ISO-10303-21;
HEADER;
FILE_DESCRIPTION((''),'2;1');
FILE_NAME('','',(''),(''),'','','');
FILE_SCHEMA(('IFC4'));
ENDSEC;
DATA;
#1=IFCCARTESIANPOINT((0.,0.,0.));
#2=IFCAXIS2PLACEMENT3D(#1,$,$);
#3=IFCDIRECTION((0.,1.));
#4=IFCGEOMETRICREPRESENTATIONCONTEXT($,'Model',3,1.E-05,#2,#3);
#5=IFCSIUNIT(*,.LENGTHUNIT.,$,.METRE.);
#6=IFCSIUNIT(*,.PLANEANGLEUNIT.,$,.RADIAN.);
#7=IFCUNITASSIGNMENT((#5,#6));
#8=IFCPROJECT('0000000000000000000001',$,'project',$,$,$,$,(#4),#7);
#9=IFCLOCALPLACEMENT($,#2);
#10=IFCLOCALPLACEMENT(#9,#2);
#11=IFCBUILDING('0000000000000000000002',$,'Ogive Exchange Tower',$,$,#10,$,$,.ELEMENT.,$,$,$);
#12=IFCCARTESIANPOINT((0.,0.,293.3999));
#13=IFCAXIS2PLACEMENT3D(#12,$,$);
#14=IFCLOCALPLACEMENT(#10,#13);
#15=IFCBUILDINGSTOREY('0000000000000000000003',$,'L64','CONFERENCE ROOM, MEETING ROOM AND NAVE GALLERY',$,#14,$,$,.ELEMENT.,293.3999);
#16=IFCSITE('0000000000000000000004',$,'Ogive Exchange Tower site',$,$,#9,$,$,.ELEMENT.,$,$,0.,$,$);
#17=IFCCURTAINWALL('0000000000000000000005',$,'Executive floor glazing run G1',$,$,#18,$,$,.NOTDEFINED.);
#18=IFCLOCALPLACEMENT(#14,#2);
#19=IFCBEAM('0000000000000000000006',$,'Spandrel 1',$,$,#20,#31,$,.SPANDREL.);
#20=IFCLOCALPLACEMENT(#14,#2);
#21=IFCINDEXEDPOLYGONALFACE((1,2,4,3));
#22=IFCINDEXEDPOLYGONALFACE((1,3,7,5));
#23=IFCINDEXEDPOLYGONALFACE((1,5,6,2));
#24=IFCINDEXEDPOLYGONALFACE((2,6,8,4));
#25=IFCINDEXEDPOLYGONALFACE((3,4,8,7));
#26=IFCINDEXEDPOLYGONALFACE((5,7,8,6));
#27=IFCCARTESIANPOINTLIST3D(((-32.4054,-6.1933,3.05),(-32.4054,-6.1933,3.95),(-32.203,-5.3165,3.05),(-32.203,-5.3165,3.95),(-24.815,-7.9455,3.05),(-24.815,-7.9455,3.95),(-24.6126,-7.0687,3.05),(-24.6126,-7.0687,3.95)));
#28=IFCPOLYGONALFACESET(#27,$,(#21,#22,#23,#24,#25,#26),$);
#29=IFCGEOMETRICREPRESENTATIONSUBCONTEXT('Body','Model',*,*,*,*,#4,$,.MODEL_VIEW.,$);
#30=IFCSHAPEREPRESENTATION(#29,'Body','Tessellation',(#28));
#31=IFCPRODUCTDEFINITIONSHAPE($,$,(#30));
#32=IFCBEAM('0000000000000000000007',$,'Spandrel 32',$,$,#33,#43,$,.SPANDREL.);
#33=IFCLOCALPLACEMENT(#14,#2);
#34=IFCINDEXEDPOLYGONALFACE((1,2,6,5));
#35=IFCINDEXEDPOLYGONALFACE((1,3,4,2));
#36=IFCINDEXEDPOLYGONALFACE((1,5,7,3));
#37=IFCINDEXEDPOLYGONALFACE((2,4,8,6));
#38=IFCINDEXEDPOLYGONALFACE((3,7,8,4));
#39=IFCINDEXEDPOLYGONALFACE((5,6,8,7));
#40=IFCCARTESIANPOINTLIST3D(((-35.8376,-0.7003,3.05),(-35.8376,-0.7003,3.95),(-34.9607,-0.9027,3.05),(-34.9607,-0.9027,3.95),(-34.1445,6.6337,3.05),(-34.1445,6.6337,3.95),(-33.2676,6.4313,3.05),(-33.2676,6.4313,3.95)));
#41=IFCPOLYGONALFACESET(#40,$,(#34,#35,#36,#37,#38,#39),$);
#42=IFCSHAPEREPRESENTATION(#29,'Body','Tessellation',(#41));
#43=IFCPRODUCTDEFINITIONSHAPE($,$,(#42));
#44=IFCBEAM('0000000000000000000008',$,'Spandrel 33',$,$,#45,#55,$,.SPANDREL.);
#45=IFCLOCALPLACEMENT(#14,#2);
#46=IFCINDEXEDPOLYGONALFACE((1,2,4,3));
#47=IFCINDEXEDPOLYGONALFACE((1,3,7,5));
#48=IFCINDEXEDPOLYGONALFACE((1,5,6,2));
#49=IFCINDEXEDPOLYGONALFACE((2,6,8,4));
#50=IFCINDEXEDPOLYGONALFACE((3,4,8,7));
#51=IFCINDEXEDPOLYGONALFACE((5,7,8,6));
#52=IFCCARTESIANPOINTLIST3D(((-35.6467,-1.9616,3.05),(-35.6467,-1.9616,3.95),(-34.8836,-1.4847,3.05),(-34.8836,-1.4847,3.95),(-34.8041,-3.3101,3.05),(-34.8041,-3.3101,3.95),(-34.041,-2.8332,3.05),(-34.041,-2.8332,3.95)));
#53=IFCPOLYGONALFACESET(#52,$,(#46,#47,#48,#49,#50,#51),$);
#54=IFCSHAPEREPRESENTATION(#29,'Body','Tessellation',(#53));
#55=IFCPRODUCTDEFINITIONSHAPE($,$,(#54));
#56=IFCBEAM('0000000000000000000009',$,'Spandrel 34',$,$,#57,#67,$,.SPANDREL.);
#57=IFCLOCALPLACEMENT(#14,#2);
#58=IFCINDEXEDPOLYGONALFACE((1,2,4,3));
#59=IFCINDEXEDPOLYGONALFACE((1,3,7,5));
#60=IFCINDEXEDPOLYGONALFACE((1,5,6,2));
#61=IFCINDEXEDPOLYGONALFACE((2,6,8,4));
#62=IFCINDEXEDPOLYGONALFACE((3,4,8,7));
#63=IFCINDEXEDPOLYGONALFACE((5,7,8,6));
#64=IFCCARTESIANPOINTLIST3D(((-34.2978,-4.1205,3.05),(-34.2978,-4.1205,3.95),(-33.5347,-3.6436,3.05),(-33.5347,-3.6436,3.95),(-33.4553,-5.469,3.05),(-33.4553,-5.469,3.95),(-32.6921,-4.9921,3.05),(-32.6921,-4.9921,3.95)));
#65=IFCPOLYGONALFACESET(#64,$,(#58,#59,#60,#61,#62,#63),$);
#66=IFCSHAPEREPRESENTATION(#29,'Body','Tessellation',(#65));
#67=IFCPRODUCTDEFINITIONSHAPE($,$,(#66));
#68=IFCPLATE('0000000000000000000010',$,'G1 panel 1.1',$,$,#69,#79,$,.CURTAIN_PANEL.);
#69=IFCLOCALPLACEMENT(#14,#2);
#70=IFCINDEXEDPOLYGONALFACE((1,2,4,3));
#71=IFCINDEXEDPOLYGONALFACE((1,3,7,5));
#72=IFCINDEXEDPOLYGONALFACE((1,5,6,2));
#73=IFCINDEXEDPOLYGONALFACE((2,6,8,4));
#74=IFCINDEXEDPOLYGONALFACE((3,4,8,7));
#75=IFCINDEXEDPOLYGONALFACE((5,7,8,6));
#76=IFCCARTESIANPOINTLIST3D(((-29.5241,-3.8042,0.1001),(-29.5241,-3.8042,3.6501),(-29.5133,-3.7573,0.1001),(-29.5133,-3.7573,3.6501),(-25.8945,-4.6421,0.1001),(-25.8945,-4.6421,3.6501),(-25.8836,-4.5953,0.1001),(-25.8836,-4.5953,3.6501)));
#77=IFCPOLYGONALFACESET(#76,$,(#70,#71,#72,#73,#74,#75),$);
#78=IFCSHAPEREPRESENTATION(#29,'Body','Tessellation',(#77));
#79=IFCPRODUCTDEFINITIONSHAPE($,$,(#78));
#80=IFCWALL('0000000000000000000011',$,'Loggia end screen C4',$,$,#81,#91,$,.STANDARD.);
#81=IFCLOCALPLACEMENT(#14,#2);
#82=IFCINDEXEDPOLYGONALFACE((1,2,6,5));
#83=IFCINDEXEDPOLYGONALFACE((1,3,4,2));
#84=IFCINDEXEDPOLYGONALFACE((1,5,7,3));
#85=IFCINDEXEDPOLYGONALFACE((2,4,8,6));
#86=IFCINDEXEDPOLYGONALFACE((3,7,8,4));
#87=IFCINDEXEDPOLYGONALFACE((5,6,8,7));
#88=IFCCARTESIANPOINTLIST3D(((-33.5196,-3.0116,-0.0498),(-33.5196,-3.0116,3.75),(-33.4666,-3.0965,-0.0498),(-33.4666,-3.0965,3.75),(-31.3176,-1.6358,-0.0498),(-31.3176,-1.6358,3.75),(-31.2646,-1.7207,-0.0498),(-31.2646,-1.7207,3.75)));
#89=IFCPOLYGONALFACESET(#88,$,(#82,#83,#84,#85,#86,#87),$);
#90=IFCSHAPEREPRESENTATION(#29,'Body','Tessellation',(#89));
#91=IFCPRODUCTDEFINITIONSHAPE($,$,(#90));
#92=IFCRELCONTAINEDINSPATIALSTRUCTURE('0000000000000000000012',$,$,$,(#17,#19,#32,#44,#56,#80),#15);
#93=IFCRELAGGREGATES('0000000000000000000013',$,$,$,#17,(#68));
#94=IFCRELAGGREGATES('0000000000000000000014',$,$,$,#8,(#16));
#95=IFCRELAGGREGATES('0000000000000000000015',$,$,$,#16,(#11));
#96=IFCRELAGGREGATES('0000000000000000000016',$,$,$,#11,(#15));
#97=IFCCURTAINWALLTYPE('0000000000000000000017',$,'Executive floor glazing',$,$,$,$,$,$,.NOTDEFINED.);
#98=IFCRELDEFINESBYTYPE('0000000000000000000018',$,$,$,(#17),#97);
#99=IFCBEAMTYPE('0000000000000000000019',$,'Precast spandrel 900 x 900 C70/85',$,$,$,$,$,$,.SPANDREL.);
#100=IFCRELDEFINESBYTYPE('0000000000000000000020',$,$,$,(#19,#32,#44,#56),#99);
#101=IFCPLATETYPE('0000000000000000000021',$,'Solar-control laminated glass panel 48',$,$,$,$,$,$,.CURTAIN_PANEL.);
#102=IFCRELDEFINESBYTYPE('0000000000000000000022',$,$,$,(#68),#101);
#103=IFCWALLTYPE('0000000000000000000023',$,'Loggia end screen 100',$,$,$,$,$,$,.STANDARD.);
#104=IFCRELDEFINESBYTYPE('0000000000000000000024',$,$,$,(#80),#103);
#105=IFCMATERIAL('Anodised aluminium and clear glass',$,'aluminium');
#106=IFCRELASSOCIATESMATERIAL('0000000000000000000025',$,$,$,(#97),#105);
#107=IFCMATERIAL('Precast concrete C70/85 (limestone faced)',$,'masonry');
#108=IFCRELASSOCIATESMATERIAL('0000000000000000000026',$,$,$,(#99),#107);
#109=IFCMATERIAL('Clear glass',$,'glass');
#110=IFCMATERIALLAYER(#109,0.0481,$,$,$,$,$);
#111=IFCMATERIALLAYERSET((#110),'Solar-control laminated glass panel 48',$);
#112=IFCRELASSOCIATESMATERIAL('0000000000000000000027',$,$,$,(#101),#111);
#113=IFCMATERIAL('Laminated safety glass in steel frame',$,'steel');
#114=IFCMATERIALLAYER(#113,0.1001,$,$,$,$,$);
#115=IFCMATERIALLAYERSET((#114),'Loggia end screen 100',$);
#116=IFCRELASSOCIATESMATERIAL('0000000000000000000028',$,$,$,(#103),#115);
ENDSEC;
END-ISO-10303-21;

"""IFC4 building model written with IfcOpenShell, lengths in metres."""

from ifc_helpers import new_model, si_unit, direction, frame, frame_2d, origin, origin_2d, place, context, subcontext, project, spatial, rectangle, extrude, material, layer, layer_set, material_profile, profile_set, type_object, element, aggregate, save


model = new_model("IFC4")

# Units and contexts
model_context = context("Model", 3, precision=1e-05, world=origin(), true_north=direction((0.0, 1.0)))
body_context = subcontext(model_context, "Body", "Model", "MODEL_VIEW")
ifc_project = project(units=[si_unit("LENGTHUNIT", "METRE"), si_unit("PLANEANGLEUNIT", "RADIAN")], contexts=[model_context])

# Site, building, storey
site_placement = place(None, origin())
site = spatial("IfcSite", under=ifc_project, at=site_placement, Name="Ogive Exchange Tower site", CompositionType="ELEMENT", RefElevation=0.0)
building_placement = place(site_placement, origin())
building = spatial("IfcBuilding", under=site, at=building_placement, Name="Ogive Exchange Tower", CompositionType="ELEMENT")
storey_placement = place(building_placement, frame((0.0, 0.0, 293.3999)))
storey = spatial("IfcBuildingStorey", under=building, at=storey_placement, Name="L64", Description="CONFERENCE ROOM, MEETING ROOM AND NAVE GALLERY", CompositionType="ELEMENT", Elevation=293.3999)

# Shared definitions
ifc_material_1 = material(Name="Precast concrete C70/85 (limestone faced)", Category="masonry")

# Curtain wall
ifc_material_2 = material(Name="Anodised aluminium and clear glass", Category="aluminium")
curtain_wall_type = type_object("IfcCurtainWallType", Name="Executive floor glazing", PredefinedType="NOTDEFINED", material=ifc_material_2)
curtain_wall_placement = place(storey_placement, origin())
curtain_wall = element("IfcCurtainWall", 1, at=curtain_wall_placement, inside=storey, type_object=curtain_wall_type, Name="Executive floor glazing run G1", PredefinedType="NOTDEFINED")

# Beams
ifc_material_profile_1 = material_profile(ifc_material_1, rectangle(XDim=0.8999, YDim=0.8999, at=origin_2d()), Name="900 x 900")
ifc_profile_set_1 = profile_set([ifc_material_profile_1], Name="Precast concrete C70/85 (limestone faced)")
beam_type_1 = type_object("IfcBeamType", Name="Precast spandrel 900 x 900 C70/85", PredefinedType="SPANDREL", material=ifc_profile_set_1)
beam_1_placement = place(storey_placement, frame((-32.3042, -5.7549, 3.5), z_axis=(0.974375, -0.22493, 0.0), x_axis=(0.22493, 0.974375, 0.0)))
element("IfcBeam", 2, at=beam_1_placement, inside=storey, type_object=beam_type_1, Name="Spandrel 1", PredefinedType="SPANDREL", context=body_context, shape_type="SweptSolid", body=[
    extrude(rectangle(XDim=0.8999, YDim=0.8999, at=origin_2d()), origin(), (0.0, 0.0, 1.0), 7.79),
])
beam_2_placement = place(storey_placement, frame((-33.7061, 6.5325, 3.5), z_axis=(-0.224942, -0.974372, 0.0), x_axis=(0.974372, -0.224942, 0.0)))
element("IfcBeam", 3, at=beam_2_placement, inside=storey, type_object=beam_type_1, Name="Spandrel 32", PredefinedType="SPANDREL", context=body_context, shape_type="SweptSolid", body=[
    extrude(rectangle(XDim=0.8999, YDim=0.8999, at=origin_2d()), origin(), (0.0, 0.0, 1.0), 7.5269),
])
for number, where, z_axis, x_axis, name in (
    (4, (-35.2651, -1.7231, 3.5), (0.529902, -0.848059, 0.0), (0.848059, 0.529902, 0.0), "Spandrel 33"),
    (5, (-33.9163, -3.8821, 3.5), (0.529902, -0.848059, 0.0), (0.848059, 0.529902, 0.0), "Spandrel 34"),
):
    element("IfcBeam", number, at=place(storey_placement, frame(where, z_axis=z_axis, x_axis=x_axis)), inside=storey, type_object=beam_type_1, Name=name, PredefinedType="SPANDREL", context=body_context, shape_type="SweptSolid", body=[
        extrude(rectangle(XDim=0.8999, YDim=0.8999, at=origin_2d()), origin(), (0.0, 0.0, 1.0), 1.5901),
    ])

# Plate
ifc_material_3 = material(Name="Clear glass", Category="glass")
ifc_layer_1 = layer(ifc_material_3, 0.0481)
ifc_layer_set_1 = layer_set([ifc_layer_1], Name="Solar-control laminated glass panel 48")
plate_type = type_object("IfcPlateType", Name="Solar-control laminated glass panel 48", PredefinedType="CURTAIN_PANEL", material=ifc_layer_set_1)
plate_placement = place(storey_placement, frame((-27.7039, -4.1997, 0.1001), z_axis=(0.0, 0.0, 1.0), x_axis=(0.974369, -0.224954, 0.0)))
plate = element("IfcPlate", 6, at=plate_placement, type_object=plate_type, Name="G1 panel 1.1", PredefinedType="CURTAIN_PANEL", context=body_context, shape_type="SweptSolid", body=[
    extrude(rectangle(XDim=3.7251, YDim=0.0481, at=origin_2d()), origin(), (0.0, 0.0, 1.0), 3.55),
])
aggregate(curtain_wall, [plate])

# Wall
ifc_material_4 = material(Name="Laminated safety glass in steel frame", Category="steel")
ifc_layer_2 = layer(ifc_material_4, 0.1001)
ifc_layer_set_2 = layer_set([ifc_layer_2], Name="Loggia end screen 100")
wall_type = type_object("IfcWallType", Name="Loggia end screen 100", PredefinedType="STANDARD", material=ifc_layer_set_2)
wall_placement = place(storey_placement, frame((-31.291, -1.6782, -0.0498), z_axis=(0.0, 0.0, 1.0), x_axis=(-0.848078, -0.529872, 0.0)))
element("IfcWall", 7, at=wall_placement, inside=storey, type_object=wall_type, Name="Loggia end screen C4", PredefinedType="STANDARD", context=body_context, shape_type="SweptSolid", body=[
    extrude(rectangle(XDim=2.5964, YDim=0.1001, at=frame_2d((1.2983, 0.0))), origin(), (0.0, 0.0, 1.0), 3.7998),
])

save(model, "model.ifc")
